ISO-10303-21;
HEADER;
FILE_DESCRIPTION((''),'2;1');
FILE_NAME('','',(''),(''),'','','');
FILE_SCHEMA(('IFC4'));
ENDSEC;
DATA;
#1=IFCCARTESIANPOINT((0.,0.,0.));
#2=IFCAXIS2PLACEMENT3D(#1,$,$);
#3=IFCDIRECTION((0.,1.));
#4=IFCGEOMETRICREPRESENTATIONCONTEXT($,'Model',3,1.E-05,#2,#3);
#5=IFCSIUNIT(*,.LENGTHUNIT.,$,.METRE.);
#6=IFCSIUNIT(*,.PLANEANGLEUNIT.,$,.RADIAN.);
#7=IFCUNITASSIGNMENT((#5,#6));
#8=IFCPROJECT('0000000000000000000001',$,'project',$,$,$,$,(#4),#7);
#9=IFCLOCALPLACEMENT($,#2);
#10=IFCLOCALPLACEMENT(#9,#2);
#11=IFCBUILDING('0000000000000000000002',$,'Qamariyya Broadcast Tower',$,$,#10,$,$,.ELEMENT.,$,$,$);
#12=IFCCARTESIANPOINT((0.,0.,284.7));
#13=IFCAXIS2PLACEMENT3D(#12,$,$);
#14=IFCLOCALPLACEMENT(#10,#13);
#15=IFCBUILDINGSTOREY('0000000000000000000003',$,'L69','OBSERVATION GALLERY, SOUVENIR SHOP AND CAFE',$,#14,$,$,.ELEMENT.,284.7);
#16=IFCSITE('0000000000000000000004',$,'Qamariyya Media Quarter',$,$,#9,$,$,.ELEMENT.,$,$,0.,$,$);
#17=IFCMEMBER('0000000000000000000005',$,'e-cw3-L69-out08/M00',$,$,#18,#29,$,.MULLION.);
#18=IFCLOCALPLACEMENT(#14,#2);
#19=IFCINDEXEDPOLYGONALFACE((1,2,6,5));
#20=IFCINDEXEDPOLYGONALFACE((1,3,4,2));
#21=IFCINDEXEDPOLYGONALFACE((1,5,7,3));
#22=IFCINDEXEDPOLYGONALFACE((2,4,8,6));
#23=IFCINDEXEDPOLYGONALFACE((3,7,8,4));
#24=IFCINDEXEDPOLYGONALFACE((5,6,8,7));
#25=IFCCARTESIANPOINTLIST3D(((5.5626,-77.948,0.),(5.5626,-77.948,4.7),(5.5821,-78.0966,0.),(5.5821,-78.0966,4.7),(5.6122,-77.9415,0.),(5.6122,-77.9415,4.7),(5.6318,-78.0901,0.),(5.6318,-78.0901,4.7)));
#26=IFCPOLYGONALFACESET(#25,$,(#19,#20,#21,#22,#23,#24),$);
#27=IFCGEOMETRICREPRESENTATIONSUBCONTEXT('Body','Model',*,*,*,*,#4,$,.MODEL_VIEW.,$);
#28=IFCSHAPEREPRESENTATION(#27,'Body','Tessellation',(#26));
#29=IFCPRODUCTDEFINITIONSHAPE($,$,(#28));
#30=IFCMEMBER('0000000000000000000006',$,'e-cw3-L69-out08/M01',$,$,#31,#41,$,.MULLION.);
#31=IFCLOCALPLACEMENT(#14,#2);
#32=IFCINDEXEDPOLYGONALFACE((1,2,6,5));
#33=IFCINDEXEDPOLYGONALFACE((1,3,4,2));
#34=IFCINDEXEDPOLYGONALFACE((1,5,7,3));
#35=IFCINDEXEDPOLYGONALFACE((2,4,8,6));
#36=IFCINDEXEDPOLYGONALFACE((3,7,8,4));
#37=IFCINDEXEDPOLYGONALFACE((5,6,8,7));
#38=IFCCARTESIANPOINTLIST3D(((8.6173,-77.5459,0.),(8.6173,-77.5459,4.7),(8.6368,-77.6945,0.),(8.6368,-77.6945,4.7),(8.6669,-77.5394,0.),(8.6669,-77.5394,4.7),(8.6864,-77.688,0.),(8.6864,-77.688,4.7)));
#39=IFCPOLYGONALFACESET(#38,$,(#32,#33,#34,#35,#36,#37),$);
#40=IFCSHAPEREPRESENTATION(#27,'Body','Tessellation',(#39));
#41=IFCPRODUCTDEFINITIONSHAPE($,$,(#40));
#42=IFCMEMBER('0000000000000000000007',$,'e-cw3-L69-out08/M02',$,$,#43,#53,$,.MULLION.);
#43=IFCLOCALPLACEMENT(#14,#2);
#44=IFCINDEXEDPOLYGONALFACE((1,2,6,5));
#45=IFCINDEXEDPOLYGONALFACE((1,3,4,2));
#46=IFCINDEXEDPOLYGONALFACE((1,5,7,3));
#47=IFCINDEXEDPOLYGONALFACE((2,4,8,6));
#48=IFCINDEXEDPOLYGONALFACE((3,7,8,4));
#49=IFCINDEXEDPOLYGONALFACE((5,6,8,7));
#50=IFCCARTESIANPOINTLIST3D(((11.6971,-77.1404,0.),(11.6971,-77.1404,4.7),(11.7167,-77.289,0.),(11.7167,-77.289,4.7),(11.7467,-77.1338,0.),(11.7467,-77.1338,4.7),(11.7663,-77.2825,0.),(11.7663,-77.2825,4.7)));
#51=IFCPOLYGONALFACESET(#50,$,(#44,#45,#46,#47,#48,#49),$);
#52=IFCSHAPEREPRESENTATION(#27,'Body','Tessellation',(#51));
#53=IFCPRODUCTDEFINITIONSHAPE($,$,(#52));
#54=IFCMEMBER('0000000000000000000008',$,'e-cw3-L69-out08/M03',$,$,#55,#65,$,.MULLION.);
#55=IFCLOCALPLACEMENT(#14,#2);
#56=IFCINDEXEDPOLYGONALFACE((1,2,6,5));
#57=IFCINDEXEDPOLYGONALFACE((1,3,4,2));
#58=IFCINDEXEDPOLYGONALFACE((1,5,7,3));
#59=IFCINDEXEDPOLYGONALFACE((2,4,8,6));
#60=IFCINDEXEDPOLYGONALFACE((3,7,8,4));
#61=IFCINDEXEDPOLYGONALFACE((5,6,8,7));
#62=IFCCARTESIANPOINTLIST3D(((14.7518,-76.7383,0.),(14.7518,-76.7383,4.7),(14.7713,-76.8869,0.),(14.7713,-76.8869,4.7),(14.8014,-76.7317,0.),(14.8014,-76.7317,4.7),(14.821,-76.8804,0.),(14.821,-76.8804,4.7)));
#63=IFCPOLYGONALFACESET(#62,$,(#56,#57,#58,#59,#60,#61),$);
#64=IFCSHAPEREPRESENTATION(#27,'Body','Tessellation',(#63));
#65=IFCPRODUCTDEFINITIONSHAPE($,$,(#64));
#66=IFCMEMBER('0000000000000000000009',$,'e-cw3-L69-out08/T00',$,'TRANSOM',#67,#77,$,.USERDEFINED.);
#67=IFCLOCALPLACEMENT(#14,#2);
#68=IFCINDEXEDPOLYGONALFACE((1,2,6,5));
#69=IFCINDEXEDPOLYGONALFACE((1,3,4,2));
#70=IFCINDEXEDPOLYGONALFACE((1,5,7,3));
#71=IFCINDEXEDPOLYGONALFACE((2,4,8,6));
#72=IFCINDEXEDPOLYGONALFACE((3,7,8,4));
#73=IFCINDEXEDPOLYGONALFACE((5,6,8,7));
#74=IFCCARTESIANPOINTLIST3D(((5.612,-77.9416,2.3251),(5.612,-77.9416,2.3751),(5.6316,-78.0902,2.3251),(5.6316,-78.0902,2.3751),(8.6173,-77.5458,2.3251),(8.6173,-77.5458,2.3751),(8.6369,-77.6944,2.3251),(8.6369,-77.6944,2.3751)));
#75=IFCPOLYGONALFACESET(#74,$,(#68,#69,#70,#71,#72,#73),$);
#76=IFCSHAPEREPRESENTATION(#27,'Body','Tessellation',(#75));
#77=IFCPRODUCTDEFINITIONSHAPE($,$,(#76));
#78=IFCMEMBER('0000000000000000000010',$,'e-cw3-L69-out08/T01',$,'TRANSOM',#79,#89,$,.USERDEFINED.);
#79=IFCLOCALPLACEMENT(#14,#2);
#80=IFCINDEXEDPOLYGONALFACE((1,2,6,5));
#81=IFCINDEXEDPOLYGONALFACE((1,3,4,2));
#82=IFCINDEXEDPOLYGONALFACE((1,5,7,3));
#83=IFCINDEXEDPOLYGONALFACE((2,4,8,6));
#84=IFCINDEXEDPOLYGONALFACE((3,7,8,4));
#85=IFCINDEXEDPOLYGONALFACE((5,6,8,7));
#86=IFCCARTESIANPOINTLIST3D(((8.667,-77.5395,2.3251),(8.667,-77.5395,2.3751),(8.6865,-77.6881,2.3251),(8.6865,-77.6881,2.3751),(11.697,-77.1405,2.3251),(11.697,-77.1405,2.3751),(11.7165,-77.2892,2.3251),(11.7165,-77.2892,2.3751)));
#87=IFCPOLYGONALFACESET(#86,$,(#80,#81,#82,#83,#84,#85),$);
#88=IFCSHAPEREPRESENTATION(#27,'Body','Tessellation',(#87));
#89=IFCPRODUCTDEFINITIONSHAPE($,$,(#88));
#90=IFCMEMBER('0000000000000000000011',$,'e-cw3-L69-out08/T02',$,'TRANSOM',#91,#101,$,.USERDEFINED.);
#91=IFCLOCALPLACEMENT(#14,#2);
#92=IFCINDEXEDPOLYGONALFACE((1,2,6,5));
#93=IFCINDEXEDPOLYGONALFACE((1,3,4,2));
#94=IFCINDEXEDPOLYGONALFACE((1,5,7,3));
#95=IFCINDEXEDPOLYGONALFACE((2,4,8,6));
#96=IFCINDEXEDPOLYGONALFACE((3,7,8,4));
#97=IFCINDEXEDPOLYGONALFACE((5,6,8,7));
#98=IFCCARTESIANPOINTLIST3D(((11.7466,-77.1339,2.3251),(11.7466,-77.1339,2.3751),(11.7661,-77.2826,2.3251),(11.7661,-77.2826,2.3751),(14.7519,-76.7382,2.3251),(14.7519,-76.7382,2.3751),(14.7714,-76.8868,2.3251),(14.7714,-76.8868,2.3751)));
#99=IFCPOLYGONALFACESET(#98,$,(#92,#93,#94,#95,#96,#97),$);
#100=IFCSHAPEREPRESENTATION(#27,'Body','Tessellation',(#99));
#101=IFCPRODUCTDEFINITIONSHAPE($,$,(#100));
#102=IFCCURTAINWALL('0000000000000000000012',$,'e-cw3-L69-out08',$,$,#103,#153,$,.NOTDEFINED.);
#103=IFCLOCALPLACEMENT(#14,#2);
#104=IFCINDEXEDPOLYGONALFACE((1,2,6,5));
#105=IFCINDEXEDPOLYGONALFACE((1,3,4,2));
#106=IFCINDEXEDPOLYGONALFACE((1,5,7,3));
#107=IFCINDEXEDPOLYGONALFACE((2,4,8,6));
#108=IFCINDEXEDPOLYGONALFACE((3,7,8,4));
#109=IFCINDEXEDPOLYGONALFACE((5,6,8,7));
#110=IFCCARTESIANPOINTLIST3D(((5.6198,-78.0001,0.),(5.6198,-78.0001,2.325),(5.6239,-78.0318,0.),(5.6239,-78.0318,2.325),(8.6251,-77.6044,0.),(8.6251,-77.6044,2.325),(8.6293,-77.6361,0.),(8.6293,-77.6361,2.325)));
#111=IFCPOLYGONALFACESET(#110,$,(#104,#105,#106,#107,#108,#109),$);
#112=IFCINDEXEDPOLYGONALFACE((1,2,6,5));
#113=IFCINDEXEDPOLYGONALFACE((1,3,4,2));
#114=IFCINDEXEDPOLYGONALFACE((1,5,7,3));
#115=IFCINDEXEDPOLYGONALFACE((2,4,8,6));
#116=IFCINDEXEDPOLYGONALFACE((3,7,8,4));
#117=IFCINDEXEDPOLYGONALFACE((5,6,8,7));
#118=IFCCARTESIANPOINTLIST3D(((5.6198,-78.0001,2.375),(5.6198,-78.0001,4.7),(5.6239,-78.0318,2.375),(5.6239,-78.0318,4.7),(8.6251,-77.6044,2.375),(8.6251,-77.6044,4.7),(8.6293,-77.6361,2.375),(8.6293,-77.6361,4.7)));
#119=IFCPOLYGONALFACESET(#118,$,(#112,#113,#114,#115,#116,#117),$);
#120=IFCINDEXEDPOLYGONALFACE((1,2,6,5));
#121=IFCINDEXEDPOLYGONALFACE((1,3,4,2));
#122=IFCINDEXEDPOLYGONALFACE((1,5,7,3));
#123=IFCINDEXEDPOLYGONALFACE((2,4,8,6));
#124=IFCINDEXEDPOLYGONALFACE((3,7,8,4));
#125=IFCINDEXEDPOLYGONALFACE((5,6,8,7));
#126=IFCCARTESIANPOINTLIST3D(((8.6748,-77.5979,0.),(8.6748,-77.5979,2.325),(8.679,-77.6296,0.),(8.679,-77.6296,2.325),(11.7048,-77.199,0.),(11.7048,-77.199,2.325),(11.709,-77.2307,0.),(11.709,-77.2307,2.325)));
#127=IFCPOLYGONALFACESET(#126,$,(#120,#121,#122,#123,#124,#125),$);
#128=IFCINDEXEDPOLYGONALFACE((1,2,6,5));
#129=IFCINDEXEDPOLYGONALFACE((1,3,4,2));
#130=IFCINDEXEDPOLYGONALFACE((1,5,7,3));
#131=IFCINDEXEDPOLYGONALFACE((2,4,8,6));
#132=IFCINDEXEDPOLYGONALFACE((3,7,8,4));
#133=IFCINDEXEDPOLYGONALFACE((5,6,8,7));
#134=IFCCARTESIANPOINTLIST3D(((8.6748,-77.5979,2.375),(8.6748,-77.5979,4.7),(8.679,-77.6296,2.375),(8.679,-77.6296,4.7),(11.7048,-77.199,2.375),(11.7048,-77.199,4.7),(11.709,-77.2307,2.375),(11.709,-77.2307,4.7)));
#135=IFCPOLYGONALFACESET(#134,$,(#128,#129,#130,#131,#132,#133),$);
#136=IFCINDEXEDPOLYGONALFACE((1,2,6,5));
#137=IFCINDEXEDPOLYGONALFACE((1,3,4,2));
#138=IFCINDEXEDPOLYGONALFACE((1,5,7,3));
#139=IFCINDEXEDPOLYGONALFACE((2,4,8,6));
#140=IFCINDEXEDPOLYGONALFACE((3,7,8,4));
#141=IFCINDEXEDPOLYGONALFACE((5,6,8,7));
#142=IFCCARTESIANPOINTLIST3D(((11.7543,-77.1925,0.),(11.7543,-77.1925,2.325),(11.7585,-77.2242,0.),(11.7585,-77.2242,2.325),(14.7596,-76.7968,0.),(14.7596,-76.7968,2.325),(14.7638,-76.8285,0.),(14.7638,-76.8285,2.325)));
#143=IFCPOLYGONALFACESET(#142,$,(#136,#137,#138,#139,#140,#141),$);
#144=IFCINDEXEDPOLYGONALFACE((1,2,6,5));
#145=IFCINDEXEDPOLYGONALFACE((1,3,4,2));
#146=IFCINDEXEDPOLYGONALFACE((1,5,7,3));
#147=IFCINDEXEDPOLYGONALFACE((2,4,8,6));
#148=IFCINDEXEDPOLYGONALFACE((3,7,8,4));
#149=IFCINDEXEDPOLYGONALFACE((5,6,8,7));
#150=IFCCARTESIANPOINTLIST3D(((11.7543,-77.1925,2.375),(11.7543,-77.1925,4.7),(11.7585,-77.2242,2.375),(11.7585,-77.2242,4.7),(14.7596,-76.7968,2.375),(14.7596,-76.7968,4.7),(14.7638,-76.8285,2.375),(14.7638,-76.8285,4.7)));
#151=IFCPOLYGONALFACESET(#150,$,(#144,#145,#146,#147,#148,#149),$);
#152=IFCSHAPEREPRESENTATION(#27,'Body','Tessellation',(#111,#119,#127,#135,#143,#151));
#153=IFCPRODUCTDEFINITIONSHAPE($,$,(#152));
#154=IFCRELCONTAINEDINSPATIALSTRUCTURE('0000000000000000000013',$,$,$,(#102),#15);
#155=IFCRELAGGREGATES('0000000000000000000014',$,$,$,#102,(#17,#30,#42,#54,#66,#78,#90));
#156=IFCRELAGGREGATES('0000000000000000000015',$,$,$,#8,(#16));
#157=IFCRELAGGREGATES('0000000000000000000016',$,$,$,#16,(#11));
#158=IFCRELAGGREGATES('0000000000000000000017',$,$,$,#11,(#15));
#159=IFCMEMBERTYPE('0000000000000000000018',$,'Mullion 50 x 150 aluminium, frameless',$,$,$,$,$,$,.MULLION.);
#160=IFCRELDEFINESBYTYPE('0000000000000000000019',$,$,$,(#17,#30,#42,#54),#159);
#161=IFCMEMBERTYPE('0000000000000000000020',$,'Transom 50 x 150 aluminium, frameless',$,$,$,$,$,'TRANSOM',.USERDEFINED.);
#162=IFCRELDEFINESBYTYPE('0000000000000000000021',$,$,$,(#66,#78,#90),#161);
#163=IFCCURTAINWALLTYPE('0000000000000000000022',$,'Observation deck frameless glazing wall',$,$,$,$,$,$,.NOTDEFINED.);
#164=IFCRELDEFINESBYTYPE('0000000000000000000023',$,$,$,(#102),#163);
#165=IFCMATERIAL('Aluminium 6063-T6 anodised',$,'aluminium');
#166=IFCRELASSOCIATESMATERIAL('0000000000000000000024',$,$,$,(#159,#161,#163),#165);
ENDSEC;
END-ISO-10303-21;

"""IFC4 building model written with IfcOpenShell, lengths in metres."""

from ifc_helpers import new_model, si_unit, direction, frame, origin, origin_2d, place, context, subcontext, project, spatial, rectangle, extrude, material, material_profile, profile_set, type_object, element, aggregate, save


model = new_model("IFC4")

# Units and contexts
model_context = context("Model", 3, precision=1e-05, world=origin(), true_north=direction((0.0, 1.0)))
body_context = subcontext(model_context, "Body", "Model", "MODEL_VIEW")
ifc_project = project(units=[si_unit("LENGTHUNIT", "METRE"), si_unit("PLANEANGLEUNIT", "RADIAN")], contexts=[model_context])

# Members
ifc_material = material(Name="Aluminium 6063-T6 anodised", Category="aluminium")
ifc_material_profile_1 = material_profile(ifc_material, rectangle(XDim=0.1499, YDim=0.05, at=origin_2d()))
ifc_profile_set_1 = profile_set([ifc_material_profile_1], Name="Aluminium 6063-T6 anodised")
member_type_1 = type_object("IfcMemberType", Name="Mullion 50 x 150 aluminium, frameless", PredefinedType="MULLION", material=ifc_profile_set_1)
site_placement = place(None, origin())
building_placement = place(site_placement, origin())
storey_placement = place(building_placement, frame((0.0, 0.0, 284.7)))
member_1_placement = place(storey_placement, frame((5.5972, -78.019, 0.0), z_axis=(0.0, 0.0, 1.0), x_axis=(-0.130526, 0.991445, 0.0)))
member_1 = element("IfcMember", 1, at=member_1_placement, type_object=member_type_1, Name="e-cw3-L69-out08/M00", PredefinedType="MULLION", context=body_context, shape_type="SweptSolid", body=[
    extrude(rectangle(XDim=0.1499, YDim=0.05, at=origin_2d()), origin(), (0.0, 0.0, 1.0), 4.7),
])
member_2_placement = place(storey_placement, frame((8.6519, -77.6169, 0.0), z_axis=(0.0, 0.0, 1.0), x_axis=(-0.130526, 0.991445, 0.0)))
member_2 = element("IfcMember", 2, at=member_2_placement, type_object=member_type_1, Name="e-cw3-L69-out08/M01", PredefinedType="MULLION", context=body_context, shape_type="SweptSolid", body=[
    extrude(rectangle(XDim=0.1499, YDim=0.05, at=origin_2d()), origin(), (0.0, 0.0, 1.0), 4.7),
])
member_3_placement = place(storey_placement, frame((11.7317, -77.2114, 0.0), z_axis=(0.0, 0.0, 1.0), x_axis=(-0.130526, 0.991445, 0.0)))
member_3 = element("IfcMember", 3, at=member_3_placement, type_object=member_type_1, Name="e-cw3-L69-out08/M02", PredefinedType="MULLION", context=body_context, shape_type="SweptSolid", body=[
    extrude(rectangle(XDim=0.1499, YDim=0.05, at=origin_2d()), origin(), (0.0, 0.0, 1.0), 4.7),
])
member_4_placement = place(storey_placement, frame((14.7864, -76.8093, 0.0), z_axis=(0.0, 0.0, 1.0), x_axis=(-0.130526, 0.991445, 0.0)))
member_4 = element("IfcMember", 4, at=member_4_placement, type_object=member_type_1, Name="e-cw3-L69-out08/M03", PredefinedType="MULLION", context=body_context, shape_type="SweptSolid", body=[
    extrude(rectangle(XDim=0.1499, YDim=0.05, at=origin_2d()), origin(), (0.0, 0.0, 1.0), 4.7),
])
ifc_material_profile_2 = material_profile(ifc_material, rectangle(XDim=0.1499, YDim=0.05, at=origin_2d()))
ifc_profile_set_2 = profile_set([ifc_material_profile_2], Name="Aluminium 6063-T6 anodised")
member_type_2 = type_object("IfcMemberType", Name="Transom 50 x 150 aluminium, frameless", ElementType="TRANSOM", PredefinedType="USERDEFINED", material=ifc_profile_set_2)
member_5_placement = place(storey_placement, frame((5.6218, -78.0159, 2.3501), z_axis=(0.991441, 0.130555, 0.0), x_axis=(-0.130555, 0.991441, 0.0)))
member_5 = element("IfcMember", 5, at=member_5_placement, type_object=member_type_2, Name="e-cw3-L69-out08/T00", ObjectType="TRANSOM", PredefinedType="USERDEFINED", context=body_context, shape_type="SweptSolid", body=[
    extrude(rectangle(XDim=0.1499, YDim=0.05, at=origin_2d()), origin(), (0.0, 0.0, 1.0), 3.0312),
])
member_6_placement = place(storey_placement, frame((8.6768, -77.6138, 2.3501), z_axis=(0.991444, 0.130531, 0.0), x_axis=(-0.130531, 0.991444, 0.0)))
member_6 = element("IfcMember", 6, at=member_6_placement, type_object=member_type_2, Name="e-cw3-L69-out08/T01", ObjectType="TRANSOM", PredefinedType="USERDEFINED", context=body_context, shape_type="SweptSolid", body=[
    extrude(rectangle(XDim=0.1499, YDim=0.05, at=origin_2d()), origin(), (0.0, 0.0, 1.0), 3.0562),
])
member_7_placement = place(storey_placement, frame((11.7563, -77.2083, 2.3501), z_axis=(0.991441, 0.130555, 0.0), x_axis=(-0.130555, 0.991441, 0.0)))
member_7 = element("IfcMember", 7, at=member_7_placement, type_object=member_type_2, Name="e-cw3-L69-out08/T02", ObjectType="TRANSOM", PredefinedType="USERDEFINED", context=body_context, shape_type="SweptSolid", body=[
    extrude(rectangle(XDim=0.1499, YDim=0.05, at=origin_2d()), origin(), (0.0, 0.0, 1.0), 3.0312),
])

# Site, building, storey
site = spatial("IfcSite", under=ifc_project, at=site_placement, Name="Qamariyya Media Quarter", CompositionType="ELEMENT", RefElevation=0.0)
building = spatial("IfcBuilding", under=site, at=building_placement, Name="Qamariyya Broadcast Tower", CompositionType="ELEMENT")
storey = spatial("IfcBuildingStorey", under=building, at=storey_placement, Name="L69", Description="OBSERVATION GALLERY, SOUVENIR SHOP AND CAFE", CompositionType="ELEMENT", Elevation=284.7)

# Curtain wall
curtain_wall_type = type_object("IfcCurtainWallType", Name="Observation deck frameless glazing wall", PredefinedType="NOTDEFINED", material=ifc_material)
curtain_wall_1_placement = place(storey_placement, origin())
curtain_wall_1 = element("IfcCurtainWall", 8, at=curtain_wall_1_placement, inside=storey, type_object=curtain_wall_type, Name="e-cw3-L69-out08", PredefinedType="NOTDEFINED", context=body_context, shape_type="SweptSolid", body=[
    extrude(rectangle(XDim=3.0312, YDim=0.032, at=origin_2d()), frame((7.1245, -77.8181, 0.0), x_axis=(0.991445, 0.130523, 0.0)), (0.0, 0.0, 1.0), 2.325),
    extrude(rectangle(XDim=3.0312, YDim=0.032, at=origin_2d()), frame((7.1245, -77.8181, 2.375), x_axis=(0.991445, 0.130523, 0.0)), (0.0, 0.0, 1.0), 2.325),
    extrude(rectangle(XDim=3.0562, YDim=0.032, at=origin_2d()), frame((10.1919, -77.4143, 0.0), x_axis=(0.991445, 0.130523, 0.0)), (0.0, 0.0, 1.0), 2.325),
    extrude(rectangle(XDim=3.0562, YDim=0.032, at=origin_2d()), frame((10.1919, -77.4143, 2.375), x_axis=(0.991445, 0.130523, 0.0)), (0.0, 0.0, 1.0), 2.325),
    extrude(rectangle(XDim=3.0312, YDim=0.032, at=origin_2d()), frame((13.259, -77.0105, 0.0), x_axis=(0.991445, 0.130523, 0.0)), (0.0, 0.0, 1.0), 2.325),
    extrude(rectangle(XDim=3.0312, YDim=0.032, at=origin_2d()), frame((13.259, -77.0105, 2.375), x_axis=(0.991445, 0.130523, 0.0)), (0.0, 0.0, 1.0), 2.325),
])
aggregate(curtain_wall_1, [member_1, member_2, member_3, member_4, member_5, member_6, member_7])

save(model, "model.ifc")
